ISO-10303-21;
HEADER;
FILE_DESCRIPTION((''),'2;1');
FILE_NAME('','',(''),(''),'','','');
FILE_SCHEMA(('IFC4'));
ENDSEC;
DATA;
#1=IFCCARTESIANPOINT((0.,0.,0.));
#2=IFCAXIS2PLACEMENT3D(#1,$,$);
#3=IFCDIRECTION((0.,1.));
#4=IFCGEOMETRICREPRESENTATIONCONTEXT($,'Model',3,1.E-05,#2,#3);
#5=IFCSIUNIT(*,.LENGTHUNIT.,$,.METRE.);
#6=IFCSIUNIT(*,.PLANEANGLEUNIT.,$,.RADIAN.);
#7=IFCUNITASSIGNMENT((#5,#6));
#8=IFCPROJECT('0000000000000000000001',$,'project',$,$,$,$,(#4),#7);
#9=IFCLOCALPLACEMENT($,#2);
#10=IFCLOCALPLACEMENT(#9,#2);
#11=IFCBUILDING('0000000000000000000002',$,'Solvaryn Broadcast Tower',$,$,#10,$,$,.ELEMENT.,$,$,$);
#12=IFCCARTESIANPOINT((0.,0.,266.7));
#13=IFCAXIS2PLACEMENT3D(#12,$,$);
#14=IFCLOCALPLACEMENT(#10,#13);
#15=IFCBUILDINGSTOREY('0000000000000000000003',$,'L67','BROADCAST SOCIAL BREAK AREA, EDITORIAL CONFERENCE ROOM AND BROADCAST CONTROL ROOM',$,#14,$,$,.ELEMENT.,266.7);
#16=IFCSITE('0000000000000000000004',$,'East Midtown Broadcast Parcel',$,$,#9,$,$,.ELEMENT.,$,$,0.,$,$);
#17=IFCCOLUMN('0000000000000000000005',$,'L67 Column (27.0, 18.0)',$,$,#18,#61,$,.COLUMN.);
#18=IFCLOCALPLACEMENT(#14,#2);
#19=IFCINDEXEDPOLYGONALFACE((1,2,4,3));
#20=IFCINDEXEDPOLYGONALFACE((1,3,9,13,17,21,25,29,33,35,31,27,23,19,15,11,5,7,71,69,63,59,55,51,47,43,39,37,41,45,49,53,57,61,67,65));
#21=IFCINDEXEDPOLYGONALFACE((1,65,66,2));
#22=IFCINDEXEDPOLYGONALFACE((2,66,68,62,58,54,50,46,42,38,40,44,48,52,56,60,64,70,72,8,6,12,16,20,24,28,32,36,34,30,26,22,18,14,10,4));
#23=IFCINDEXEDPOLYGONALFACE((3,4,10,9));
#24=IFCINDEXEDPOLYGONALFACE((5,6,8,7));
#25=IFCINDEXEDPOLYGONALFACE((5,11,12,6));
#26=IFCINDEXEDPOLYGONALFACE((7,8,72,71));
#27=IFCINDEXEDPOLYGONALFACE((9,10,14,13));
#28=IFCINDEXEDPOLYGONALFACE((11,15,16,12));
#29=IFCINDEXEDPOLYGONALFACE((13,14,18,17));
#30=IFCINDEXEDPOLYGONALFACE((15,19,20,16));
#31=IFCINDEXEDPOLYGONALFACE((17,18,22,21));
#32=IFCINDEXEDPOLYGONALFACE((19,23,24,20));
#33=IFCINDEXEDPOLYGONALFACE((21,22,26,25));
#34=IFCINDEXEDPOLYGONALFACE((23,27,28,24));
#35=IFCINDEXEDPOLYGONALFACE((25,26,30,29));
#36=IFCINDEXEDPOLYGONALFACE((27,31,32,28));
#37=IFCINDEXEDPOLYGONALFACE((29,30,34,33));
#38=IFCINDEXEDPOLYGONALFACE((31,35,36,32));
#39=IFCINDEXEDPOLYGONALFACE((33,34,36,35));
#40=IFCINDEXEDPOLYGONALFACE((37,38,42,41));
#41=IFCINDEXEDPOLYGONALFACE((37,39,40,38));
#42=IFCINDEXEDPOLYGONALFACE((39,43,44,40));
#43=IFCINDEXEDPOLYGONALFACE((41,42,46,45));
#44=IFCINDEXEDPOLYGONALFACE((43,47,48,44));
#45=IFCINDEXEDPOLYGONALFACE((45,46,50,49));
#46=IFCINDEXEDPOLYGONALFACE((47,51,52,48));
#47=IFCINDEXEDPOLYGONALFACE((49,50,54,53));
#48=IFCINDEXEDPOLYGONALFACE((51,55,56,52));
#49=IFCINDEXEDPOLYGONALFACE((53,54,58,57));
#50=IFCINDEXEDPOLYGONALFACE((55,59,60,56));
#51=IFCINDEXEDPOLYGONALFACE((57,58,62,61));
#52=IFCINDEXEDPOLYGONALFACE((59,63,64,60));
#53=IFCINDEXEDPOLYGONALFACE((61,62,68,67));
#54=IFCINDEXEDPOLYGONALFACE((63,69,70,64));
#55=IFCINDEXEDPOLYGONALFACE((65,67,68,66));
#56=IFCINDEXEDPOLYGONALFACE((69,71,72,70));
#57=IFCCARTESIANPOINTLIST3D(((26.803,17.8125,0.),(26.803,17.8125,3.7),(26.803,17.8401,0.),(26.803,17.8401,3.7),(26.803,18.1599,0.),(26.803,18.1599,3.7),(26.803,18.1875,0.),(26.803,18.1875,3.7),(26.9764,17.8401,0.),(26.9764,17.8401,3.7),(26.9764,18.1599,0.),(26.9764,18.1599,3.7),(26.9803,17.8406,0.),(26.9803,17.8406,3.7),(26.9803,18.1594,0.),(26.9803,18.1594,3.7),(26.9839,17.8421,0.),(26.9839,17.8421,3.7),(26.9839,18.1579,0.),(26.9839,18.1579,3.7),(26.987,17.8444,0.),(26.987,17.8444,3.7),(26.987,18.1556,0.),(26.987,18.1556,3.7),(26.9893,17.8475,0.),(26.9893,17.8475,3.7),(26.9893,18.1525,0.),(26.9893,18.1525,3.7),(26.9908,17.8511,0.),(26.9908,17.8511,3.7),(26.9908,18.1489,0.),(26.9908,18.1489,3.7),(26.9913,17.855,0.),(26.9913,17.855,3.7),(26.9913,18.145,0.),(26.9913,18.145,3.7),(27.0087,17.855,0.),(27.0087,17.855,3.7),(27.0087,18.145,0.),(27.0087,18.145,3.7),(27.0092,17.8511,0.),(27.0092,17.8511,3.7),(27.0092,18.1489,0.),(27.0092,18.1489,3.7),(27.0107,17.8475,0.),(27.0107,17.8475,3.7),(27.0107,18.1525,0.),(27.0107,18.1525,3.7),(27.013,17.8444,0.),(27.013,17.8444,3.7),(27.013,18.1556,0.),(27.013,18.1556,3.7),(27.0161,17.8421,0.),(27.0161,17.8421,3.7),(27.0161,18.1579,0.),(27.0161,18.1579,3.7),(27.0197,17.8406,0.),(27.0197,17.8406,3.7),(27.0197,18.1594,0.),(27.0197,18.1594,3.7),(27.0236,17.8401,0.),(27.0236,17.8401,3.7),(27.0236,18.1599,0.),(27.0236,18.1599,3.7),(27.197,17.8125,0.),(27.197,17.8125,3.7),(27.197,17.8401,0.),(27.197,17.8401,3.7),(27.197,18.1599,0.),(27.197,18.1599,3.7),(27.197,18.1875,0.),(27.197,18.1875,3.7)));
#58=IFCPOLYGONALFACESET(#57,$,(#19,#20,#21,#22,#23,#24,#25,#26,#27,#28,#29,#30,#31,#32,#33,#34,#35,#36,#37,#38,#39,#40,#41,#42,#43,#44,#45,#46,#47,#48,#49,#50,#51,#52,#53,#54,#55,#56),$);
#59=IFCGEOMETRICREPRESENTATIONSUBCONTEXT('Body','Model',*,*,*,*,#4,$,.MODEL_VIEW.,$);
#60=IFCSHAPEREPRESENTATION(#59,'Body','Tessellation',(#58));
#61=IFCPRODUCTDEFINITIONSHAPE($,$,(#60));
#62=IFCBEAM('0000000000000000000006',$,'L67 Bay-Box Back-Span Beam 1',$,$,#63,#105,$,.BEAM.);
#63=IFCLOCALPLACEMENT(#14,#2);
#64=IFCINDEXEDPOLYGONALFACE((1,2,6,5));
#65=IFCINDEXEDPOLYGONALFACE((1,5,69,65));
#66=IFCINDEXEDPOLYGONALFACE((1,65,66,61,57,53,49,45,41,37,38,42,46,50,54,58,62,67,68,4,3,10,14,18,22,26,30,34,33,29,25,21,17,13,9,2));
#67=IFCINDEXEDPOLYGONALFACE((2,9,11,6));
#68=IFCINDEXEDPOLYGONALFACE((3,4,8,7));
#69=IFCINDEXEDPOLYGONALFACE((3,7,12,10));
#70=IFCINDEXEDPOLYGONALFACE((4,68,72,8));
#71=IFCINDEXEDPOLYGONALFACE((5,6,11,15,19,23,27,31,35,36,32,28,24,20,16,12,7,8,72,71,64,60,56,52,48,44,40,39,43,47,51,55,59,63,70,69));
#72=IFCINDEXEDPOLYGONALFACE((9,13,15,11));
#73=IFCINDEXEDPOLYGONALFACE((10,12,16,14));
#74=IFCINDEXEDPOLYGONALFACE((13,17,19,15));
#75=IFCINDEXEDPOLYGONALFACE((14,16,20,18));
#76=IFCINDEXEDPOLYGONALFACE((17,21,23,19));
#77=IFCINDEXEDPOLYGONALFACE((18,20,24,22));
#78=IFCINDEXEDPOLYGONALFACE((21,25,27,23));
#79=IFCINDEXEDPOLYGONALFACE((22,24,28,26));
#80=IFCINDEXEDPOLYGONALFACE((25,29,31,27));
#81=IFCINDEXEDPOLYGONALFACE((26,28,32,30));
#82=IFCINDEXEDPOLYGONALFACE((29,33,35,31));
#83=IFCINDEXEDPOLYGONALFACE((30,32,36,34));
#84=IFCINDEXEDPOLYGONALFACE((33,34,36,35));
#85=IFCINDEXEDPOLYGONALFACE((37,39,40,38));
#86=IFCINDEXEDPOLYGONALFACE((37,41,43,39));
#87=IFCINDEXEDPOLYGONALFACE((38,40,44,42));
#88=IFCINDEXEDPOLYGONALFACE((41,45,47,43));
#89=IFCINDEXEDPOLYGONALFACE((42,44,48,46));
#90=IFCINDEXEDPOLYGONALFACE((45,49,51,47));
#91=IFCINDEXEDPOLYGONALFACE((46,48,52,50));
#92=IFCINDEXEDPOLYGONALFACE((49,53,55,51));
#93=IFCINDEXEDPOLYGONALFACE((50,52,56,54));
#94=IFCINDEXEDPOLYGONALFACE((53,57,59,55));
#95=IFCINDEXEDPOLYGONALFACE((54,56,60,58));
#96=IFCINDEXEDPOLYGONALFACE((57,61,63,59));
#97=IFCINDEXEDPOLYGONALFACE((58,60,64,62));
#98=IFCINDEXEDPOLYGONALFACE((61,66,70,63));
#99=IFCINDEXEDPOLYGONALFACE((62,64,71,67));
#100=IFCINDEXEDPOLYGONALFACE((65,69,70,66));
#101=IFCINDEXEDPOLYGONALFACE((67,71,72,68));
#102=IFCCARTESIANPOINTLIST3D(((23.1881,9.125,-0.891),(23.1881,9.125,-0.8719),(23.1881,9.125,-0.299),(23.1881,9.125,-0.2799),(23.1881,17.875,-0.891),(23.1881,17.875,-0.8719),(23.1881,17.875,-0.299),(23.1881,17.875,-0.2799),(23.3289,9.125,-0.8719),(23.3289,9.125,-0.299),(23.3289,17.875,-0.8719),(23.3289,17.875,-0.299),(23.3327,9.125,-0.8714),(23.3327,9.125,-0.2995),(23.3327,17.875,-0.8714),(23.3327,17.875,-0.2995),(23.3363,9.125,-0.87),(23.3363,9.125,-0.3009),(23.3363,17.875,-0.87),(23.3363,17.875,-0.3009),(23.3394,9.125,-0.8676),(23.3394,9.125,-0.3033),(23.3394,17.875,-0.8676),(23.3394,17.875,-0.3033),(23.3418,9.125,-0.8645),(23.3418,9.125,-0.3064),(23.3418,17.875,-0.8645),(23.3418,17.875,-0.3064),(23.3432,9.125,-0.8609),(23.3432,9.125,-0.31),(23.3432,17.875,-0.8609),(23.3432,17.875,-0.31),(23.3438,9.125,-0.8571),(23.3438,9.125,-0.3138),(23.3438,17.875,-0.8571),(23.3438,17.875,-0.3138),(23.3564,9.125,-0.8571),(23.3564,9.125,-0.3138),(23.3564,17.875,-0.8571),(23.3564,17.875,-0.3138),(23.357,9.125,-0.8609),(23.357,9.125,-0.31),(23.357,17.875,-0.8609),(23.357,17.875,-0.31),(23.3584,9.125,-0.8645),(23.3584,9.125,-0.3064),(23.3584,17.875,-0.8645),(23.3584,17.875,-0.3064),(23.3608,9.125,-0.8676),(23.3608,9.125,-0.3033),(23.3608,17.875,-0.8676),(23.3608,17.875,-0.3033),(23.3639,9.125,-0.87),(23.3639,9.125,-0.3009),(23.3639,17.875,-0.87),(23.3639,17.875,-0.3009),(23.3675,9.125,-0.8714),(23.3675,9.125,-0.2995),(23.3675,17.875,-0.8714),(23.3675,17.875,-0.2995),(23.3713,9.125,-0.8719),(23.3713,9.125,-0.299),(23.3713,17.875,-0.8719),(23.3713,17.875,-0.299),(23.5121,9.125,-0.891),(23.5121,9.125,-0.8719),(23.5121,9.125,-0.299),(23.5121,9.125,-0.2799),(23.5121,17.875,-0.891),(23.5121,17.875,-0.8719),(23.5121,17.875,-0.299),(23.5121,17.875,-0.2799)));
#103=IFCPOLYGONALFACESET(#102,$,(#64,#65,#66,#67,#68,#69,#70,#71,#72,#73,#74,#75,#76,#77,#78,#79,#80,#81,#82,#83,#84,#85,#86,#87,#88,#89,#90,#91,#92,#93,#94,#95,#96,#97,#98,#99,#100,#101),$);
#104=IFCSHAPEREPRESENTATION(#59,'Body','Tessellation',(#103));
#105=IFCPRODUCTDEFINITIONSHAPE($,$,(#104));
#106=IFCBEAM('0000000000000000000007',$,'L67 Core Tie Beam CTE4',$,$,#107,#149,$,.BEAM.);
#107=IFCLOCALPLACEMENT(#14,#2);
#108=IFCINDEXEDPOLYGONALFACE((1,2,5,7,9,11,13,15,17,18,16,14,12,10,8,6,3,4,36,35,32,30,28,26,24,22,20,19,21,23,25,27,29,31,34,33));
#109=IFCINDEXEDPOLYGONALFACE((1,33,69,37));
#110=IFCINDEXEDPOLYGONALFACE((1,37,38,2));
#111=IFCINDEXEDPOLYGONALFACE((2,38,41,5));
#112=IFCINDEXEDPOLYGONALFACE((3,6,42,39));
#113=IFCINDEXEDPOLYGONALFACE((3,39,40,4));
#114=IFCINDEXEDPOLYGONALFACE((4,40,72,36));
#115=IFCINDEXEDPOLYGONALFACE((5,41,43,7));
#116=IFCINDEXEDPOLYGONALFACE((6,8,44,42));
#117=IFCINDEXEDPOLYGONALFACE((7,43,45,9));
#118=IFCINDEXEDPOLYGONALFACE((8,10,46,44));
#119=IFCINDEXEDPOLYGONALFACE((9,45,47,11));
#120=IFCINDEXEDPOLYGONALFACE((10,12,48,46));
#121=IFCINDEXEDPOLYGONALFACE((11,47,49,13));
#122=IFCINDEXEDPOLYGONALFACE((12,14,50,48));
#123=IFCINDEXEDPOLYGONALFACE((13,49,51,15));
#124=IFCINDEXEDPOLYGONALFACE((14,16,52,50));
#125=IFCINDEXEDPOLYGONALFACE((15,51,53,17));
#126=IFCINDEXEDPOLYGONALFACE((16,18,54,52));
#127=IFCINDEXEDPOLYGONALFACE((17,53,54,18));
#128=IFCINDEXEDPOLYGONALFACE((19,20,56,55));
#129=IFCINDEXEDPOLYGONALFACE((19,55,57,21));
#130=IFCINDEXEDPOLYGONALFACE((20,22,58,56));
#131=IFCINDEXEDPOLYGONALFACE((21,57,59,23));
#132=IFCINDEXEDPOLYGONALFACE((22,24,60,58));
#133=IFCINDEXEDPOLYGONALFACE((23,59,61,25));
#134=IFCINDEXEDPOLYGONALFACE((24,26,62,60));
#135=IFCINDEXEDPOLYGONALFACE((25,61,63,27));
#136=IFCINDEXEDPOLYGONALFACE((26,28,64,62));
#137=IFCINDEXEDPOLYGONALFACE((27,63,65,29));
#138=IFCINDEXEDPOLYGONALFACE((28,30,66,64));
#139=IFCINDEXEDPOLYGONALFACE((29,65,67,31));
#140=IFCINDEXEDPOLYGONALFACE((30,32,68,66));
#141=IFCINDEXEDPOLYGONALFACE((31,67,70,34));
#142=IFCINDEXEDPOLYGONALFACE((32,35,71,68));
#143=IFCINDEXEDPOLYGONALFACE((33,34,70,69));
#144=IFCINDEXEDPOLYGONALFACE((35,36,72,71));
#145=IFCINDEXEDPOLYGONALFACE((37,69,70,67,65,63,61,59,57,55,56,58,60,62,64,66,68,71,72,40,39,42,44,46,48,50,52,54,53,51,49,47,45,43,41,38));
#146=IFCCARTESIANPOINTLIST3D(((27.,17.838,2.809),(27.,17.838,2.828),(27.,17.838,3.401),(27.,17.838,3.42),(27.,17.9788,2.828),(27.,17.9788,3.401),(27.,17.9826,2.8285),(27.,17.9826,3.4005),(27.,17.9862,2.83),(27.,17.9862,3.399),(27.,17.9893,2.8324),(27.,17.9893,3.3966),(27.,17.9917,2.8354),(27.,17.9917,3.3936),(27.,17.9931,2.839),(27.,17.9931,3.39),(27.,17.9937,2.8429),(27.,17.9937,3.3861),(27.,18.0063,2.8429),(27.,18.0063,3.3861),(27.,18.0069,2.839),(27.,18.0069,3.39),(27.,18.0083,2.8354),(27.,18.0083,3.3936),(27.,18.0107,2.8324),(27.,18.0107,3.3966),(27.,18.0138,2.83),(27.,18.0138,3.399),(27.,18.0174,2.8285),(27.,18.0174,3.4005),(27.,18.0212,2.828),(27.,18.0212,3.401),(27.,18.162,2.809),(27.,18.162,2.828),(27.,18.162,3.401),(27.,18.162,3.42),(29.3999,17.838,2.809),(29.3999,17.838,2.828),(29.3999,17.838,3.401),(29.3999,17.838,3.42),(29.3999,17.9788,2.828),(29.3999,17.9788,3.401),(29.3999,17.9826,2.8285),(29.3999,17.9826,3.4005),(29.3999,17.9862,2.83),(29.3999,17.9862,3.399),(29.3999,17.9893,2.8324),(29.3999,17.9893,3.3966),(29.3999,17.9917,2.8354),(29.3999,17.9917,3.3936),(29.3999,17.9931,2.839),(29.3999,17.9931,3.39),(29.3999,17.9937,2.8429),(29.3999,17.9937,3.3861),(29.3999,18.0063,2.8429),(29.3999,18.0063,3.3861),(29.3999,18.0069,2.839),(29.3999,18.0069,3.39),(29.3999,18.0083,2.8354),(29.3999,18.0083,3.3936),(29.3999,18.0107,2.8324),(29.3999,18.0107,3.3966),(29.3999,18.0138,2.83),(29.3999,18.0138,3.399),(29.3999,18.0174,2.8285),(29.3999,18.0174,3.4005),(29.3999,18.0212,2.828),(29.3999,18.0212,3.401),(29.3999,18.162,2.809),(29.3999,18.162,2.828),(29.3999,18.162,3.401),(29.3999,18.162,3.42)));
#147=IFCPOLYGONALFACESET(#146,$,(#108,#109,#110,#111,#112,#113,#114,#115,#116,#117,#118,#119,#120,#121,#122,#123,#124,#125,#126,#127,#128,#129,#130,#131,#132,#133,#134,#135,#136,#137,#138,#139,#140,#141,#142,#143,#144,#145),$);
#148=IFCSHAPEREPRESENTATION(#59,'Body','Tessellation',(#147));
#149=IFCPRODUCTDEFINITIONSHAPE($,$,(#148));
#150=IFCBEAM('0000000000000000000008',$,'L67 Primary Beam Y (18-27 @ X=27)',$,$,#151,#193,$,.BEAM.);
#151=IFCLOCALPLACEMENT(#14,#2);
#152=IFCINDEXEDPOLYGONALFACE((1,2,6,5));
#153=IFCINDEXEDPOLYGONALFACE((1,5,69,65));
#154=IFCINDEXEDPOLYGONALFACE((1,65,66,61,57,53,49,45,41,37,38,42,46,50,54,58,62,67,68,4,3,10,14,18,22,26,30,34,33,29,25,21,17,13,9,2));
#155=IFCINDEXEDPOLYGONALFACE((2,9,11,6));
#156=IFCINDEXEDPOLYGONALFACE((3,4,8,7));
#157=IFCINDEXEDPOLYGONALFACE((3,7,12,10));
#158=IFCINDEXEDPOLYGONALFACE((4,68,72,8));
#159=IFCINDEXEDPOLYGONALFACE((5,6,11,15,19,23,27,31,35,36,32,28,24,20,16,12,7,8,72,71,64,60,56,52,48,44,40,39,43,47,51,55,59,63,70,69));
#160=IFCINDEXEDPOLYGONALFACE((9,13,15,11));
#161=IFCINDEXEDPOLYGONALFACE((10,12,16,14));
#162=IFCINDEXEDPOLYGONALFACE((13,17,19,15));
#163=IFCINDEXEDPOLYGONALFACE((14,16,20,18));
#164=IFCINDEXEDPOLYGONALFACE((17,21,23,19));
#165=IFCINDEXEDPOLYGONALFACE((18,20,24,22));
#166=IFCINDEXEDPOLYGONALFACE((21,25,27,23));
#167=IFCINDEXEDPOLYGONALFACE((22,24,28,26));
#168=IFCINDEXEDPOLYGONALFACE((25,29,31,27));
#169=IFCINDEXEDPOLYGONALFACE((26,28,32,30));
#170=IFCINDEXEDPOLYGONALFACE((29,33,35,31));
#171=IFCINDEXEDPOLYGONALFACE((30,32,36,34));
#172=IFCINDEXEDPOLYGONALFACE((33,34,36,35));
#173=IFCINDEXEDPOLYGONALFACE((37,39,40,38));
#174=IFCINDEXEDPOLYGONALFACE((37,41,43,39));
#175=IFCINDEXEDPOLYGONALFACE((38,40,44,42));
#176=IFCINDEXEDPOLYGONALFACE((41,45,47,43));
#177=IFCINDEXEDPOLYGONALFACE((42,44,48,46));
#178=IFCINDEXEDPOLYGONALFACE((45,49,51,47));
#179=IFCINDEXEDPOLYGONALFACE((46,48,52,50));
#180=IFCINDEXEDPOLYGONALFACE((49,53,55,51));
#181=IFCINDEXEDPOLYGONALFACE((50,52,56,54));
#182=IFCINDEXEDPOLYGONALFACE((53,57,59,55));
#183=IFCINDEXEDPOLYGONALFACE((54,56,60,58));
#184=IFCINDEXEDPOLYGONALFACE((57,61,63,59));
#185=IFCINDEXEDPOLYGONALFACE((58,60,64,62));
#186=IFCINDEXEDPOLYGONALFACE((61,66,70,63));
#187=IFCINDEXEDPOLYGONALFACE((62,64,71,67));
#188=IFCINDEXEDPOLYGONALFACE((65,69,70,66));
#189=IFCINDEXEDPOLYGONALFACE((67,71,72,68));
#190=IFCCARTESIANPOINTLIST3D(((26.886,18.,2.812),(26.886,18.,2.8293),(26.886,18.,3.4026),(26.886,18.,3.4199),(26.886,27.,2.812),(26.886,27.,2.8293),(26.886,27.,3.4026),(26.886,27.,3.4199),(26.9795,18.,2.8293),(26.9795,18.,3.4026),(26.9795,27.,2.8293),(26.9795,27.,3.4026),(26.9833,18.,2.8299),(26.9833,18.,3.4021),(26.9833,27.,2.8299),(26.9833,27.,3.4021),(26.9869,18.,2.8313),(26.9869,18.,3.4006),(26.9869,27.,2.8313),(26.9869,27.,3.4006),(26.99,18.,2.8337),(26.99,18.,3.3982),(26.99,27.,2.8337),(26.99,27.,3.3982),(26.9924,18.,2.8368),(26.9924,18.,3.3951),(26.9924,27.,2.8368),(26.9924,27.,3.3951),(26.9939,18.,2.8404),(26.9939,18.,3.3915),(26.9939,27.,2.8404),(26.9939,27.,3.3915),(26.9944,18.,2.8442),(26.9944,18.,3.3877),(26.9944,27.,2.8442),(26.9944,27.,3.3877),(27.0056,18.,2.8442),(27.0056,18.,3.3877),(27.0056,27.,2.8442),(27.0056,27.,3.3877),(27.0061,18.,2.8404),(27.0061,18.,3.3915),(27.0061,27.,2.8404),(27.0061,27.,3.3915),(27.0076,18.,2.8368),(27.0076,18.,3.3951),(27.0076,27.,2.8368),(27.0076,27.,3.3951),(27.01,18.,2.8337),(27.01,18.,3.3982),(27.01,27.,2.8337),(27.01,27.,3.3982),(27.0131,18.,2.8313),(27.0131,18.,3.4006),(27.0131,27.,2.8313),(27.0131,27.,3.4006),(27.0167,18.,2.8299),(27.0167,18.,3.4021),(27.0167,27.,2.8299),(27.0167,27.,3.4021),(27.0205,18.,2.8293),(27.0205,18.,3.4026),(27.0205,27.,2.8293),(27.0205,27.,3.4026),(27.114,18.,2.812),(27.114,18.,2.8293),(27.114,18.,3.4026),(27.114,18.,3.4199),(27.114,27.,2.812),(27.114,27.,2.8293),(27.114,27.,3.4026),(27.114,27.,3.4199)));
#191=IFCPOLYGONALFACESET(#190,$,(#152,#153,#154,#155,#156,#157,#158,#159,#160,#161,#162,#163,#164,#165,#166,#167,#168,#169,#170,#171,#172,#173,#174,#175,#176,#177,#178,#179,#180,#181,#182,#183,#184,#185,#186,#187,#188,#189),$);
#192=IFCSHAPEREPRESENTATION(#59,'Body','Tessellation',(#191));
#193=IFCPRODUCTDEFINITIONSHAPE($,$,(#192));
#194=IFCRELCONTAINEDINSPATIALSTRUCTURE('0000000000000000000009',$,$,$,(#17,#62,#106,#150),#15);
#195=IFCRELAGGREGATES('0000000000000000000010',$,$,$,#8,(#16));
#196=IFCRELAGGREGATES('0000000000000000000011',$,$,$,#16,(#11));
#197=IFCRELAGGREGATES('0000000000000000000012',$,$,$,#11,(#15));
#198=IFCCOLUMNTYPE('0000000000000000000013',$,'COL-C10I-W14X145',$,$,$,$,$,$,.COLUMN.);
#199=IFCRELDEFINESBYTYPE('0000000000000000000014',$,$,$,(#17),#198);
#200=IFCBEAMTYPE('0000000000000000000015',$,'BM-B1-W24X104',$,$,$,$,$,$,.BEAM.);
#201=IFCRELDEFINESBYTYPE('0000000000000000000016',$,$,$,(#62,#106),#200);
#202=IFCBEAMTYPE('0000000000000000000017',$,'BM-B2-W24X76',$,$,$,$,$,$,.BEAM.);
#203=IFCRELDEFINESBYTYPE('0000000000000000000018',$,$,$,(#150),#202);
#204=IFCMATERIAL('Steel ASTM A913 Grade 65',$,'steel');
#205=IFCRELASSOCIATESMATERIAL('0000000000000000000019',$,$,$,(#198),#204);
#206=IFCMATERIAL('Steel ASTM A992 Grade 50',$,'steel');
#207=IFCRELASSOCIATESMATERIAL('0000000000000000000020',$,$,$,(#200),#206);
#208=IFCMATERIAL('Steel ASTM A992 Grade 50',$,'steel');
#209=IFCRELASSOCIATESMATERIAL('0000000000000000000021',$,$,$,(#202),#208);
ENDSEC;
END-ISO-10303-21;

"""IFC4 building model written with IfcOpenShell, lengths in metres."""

from ifc_helpers import new_model, si_unit, direction, frame, origin, origin_2d, place, context, subcontext, project, spatial, i_section, extrude, material, material_profile, profile_set, type_object, element, save


model = new_model("IFC4")

# Units and contexts
model_context = context("Model", 3, precision=1e-05, world=origin(), true_north=direction((0.0, 1.0)))
body_context = subcontext(model_context, "Body", "Model", "MODEL_VIEW")
ifc_project = project(units=[si_unit("LENGTHUNIT", "METRE"), si_unit("PLANEANGLEUNIT", "RADIAN")], contexts=[model_context])

# Site, building, storey
site_placement = place(None, origin())
site = spatial("IfcSite", under=ifc_project, at=site_placement, Name="East Midtown Broadcast Parcel", CompositionType="ELEMENT", RefElevation=0.0)
building_placement = place(site_placement, origin())
building = spatial("IfcBuilding", under=site, at=building_placement, Name="Solvaryn Broadcast Tower", CompositionType="ELEMENT")
storey_placement = place(building_placement, frame((0.0, 0.0, 266.7)))
storey = spatial("IfcBuildingStorey", under=building, at=storey_placement, Name="L67", Description="BROADCAST SOCIAL BREAK AREA, EDITORIAL CONFERENCE ROOM AND BROADCAST CONTROL ROOM", CompositionType="ELEMENT", Elevation=266.7)

# Column
ifc_material_1 = material(Name="Steel ASTM A913 Grade 65", Category="steel")
ifc_material_profile_1 = material_profile(ifc_material_1, i_section(OverallWidth=0.394, OverallDepth=0.375, WebThickness=0.0173, FlangeThickness=0.0276, FilletRadius=0.0149, at=origin_2d()))
ifc_profile_set_1 = profile_set([ifc_material_profile_1], Name="Steel ASTM A913 Grade 65")
column_type = type_object("IfcColumnType", Name="COL-C10I-W14X145", PredefinedType="COLUMN", material=ifc_profile_set_1)
column_placement = place(storey_placement, frame((27.0, 18.0, 0.0), z_axis=(0.0, 0.0, 1.0), x_axis=(1.0, 0.0, 0.0)))
element("IfcColumn", 1, at=column_placement, inside=storey, type_object=column_type, Name="L67 Column (27.0, 18.0)", PredefinedType="COLUMN", context=body_context, shape_type="SweptSolid", body=[
    extrude(i_section(OverallWidth=0.394, OverallDepth=0.375, WebThickness=0.0173, FlangeThickness=0.0276, FilletRadius=0.0149, at=origin_2d()), origin(), (0.0, 0.0, 1.0), 3.7),
])

# Beams
ifc_material_2 = material(Name="Steel ASTM A992 Grade 50", Category="steel")
ifc_material_profile_2 = material_profile(ifc_material_2, i_section(OverallWidth=0.324, OverallDepth=0.6111, WebThickness=0.0127, FlangeThickness=0.019, FilletRadius=0.0149, at=origin_2d()))
ifc_profile_set_2 = profile_set([ifc_material_profile_2], Name="Steel ASTM A992 Grade 50")
beam_type_1 = type_object("IfcBeamType", Name="BM-B1-W24X104", PredefinedType="BEAM", material=ifc_profile_set_2)
beam_1_placement = place(storey_placement, frame((23.3501, 17.875, -0.5854), z_axis=(0.0, -1.0, 0.0), x_axis=(1.0, 0.0, 0.0)))
element("IfcBeam", 2, at=beam_1_placement, inside=storey, type_object=beam_type_1, Name="L67 Bay-Box Back-Span Beam 1", PredefinedType="BEAM", context=body_context, shape_type="SweptSolid", body=[
    extrude(i_section(OverallWidth=0.324, OverallDepth=0.6111, WebThickness=0.0127, FlangeThickness=0.019, FilletRadius=0.0149, at=origin_2d()), origin(), (0.0, 0.0, 1.0), 8.75),
])
beam_2_placement = place(storey_placement, frame((27.0, 18.0, 3.1145), z_axis=(1.0, 0.0, 0.0), x_axis=(0.0, 1.0, 0.0)))
element("IfcBeam", 3, at=beam_2_placement, inside=storey, type_object=beam_type_1, Name="L67 Core Tie Beam CTE4", PredefinedType="BEAM", context=body_context, shape_type="SweptSolid", body=[
    extrude(i_section(OverallWidth=0.324, OverallDepth=0.6111, WebThickness=0.0127, FlangeThickness=0.019, FilletRadius=0.0149, at=origin_2d()), origin(), (0.0, 0.0, 1.0), 2.3999),
])
ifc_material_3 = material(Name="Steel ASTM A992 Grade 50", Category="steel")
ifc_material_profile_3 = material_profile(ifc_material_3, i_section(OverallWidth=0.228, OverallDepth=0.6079, WebThickness=0.0112, FlangeThickness=0.0173, FilletRadius=0.0149, at=origin_2d()))
ifc_profile_set_3 = profile_set([ifc_material_profile_3], Name="Steel ASTM A992 Grade 50")
beam_type_2 = type_object("IfcBeamType", Name="BM-B2-W24X76", PredefinedType="BEAM", material=ifc_profile_set_3)
beam_3_placement = place(storey_placement, frame((27.0, 18.0, 3.116), z_axis=(0.0, 1.0, 0.0), x_axis=(-1.0, 0.0, 0.0)))
element("IfcBeam", 4, at=beam_3_placement, inside=storey, type_object=beam_type_2, Name="L67 Primary Beam Y (18-27 @ X=27)", PredefinedType="BEAM", context=body_context, shape_type="SweptSolid", body=[
    extrude(i_section(OverallWidth=0.228, OverallDepth=0.6079, WebThickness=0.0112, FlangeThickness=0.0173, FilletRadius=0.0149, at=origin_2d()), origin(), (0.0, 0.0, 1.0), 9.0),
])

save(model, "model.ifc")
